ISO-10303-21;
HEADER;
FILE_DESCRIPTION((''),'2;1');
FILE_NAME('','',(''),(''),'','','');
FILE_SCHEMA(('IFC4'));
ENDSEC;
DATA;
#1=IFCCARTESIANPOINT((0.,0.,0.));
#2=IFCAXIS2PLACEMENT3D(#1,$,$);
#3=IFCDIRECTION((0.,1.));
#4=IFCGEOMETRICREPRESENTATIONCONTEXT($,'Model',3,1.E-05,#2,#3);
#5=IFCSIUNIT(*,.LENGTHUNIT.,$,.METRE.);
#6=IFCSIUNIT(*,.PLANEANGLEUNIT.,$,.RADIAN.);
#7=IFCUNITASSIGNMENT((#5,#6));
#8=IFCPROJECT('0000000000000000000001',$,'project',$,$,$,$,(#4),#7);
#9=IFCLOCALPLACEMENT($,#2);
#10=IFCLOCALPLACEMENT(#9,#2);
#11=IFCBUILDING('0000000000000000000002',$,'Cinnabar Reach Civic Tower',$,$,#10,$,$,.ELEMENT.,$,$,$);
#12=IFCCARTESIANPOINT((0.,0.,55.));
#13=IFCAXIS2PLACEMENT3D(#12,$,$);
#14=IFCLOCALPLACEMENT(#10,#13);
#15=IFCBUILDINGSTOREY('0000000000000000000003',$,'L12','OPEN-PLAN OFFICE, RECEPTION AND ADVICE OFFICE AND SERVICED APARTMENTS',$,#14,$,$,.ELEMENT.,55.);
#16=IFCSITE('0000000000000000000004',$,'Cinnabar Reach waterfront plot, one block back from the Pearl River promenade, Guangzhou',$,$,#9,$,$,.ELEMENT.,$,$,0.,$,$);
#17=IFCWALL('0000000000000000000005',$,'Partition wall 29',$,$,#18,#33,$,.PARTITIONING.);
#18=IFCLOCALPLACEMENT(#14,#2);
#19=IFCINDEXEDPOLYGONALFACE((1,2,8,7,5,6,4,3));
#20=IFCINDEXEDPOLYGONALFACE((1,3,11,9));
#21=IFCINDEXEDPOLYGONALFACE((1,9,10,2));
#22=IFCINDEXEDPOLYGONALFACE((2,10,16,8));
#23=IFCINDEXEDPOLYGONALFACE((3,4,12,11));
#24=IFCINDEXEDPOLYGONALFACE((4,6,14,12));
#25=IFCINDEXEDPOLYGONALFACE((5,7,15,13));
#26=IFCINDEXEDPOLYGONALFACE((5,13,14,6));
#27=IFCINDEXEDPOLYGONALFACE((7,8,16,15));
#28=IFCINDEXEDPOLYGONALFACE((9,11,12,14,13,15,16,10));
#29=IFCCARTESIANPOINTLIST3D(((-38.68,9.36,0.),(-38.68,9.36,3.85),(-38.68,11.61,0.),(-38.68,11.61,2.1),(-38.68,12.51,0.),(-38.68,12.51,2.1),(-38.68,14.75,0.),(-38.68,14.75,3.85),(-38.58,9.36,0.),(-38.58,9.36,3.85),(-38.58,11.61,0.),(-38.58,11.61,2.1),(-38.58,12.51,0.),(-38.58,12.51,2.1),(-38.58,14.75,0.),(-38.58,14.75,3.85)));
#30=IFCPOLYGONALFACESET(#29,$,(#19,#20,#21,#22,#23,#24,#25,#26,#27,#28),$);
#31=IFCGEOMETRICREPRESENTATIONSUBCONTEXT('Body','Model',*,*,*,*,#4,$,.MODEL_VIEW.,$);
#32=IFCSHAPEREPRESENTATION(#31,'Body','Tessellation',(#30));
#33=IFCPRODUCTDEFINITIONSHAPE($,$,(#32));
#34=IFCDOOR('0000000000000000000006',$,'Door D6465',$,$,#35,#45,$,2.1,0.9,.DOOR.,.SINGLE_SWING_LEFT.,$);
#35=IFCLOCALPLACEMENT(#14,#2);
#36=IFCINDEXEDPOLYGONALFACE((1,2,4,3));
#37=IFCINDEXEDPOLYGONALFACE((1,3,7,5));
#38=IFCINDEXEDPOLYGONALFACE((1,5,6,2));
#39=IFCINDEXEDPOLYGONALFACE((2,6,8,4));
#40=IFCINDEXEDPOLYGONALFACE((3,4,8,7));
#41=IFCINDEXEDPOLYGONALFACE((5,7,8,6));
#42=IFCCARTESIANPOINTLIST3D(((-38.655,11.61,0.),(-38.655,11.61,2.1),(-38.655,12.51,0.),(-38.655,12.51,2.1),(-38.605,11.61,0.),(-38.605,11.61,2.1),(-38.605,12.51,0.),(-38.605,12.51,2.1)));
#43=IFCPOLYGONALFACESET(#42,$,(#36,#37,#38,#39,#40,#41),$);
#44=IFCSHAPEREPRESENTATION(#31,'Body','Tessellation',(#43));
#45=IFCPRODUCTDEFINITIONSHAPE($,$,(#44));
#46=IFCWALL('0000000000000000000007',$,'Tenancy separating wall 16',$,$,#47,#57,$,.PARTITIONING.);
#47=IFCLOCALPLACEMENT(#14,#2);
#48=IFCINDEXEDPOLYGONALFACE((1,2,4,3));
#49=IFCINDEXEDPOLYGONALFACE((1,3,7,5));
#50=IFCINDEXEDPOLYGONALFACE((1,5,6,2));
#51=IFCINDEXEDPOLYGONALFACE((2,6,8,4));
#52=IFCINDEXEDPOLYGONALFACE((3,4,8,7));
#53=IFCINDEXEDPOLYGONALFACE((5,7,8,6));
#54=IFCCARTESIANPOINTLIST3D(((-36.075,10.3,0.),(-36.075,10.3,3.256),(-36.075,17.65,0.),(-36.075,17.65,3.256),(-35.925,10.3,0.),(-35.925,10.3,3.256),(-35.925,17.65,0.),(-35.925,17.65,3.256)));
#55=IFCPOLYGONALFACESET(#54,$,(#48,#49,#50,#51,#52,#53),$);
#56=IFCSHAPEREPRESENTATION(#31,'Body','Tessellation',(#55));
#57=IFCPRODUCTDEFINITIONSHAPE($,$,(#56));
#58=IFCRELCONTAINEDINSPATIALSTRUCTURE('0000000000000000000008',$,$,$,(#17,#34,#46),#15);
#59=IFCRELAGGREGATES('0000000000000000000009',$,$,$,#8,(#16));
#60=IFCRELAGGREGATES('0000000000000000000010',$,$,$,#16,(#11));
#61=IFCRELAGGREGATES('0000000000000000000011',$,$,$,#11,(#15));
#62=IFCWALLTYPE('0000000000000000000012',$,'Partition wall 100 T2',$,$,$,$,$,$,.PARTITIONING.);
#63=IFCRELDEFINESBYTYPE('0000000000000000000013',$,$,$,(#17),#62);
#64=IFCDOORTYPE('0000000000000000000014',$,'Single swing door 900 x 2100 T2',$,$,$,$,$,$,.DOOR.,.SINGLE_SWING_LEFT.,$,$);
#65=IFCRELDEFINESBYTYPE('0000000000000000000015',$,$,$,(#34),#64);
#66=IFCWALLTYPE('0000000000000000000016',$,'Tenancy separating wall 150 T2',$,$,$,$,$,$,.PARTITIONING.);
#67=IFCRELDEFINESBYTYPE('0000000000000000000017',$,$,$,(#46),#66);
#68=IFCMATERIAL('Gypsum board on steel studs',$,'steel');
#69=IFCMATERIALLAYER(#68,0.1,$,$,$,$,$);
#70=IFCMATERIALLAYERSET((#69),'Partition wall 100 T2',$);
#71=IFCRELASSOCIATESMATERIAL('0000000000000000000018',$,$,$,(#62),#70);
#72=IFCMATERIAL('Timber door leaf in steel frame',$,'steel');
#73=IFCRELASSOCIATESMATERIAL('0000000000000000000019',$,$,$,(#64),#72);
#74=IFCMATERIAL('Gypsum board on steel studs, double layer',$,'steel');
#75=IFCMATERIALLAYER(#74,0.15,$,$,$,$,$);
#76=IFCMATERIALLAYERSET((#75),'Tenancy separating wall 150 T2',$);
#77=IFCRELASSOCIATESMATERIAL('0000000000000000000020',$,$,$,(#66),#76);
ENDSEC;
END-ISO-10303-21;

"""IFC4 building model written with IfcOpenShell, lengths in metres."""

from ifc_helpers import new_model, si_unit, direction, frame, frame_2d, origin, place, context, subcontext, project, spatial, rectangle, extrude, material, layer, layer_set, type_object, element, fill, save


model = new_model("IFC4")

# Units and contexts
model_context = context("Model", 3, precision=1e-05, world=origin(), true_north=direction((0.0, 1.0)))
body_context = subcontext(model_context, "Body", "Model", "MODEL_VIEW")
ifc_project = project(units=[si_unit("LENGTHUNIT", "METRE"), si_unit("PLANEANGLEUNIT", "RADIAN")], contexts=[model_context])

# Site, building, storey
site_placement = place(None, origin())
site = spatial("IfcSite", under=ifc_project, at=site_placement, Name="Cinnabar Reach waterfront plot, one block back from the Pearl River promenade, Guangzhou", CompositionType="ELEMENT", RefElevation=0.0)
building_placement = place(site_placement, origin())
building = spatial("IfcBuilding", under=site, at=building_placement, Name="Cinnabar Reach Civic Tower", CompositionType="ELEMENT")
storey_placement = place(building_placement, frame((0.0, 0.0, 55.0)))
storey = spatial("IfcBuildingStorey", under=building, at=storey_placement, Name="L12", Description="OPEN-PLAN OFFICE, RECEPTION AND ADVICE OFFICE AND SERVICED APARTMENTS", CompositionType="ELEMENT", Elevation=55.0)

# Wall, opening, door
ifc_material_1 = material(Name="Gypsum board on steel studs", Category="steel")
ifc_layer_1 = layer(ifc_material_1, 0.1)
ifc_layer_set_1 = layer_set([ifc_layer_1], Name="Partition wall 100 T2")
wall_type_1 = type_object("IfcWallType", Name="Partition wall 100 T2", PredefinedType="PARTITIONING", material=ifc_layer_set_1)
wall_1_placement = place(storey_placement, frame((-38.63, 9.36, 0.0), z_axis=(0.0, 0.0, 1.0), x_axis=(0.0, 1.0, 0.0)))
wall_1 = element("IfcWall", 1, at=wall_1_placement, inside=storey, type_object=wall_type_1, Name="Partition wall 29", PredefinedType="PARTITIONING", context=body_context, shape_type="SweptSolid", body=[
    extrude(rectangle(XDim=5.39, YDim=0.1, at=frame_2d((2.695, 0.0))), origin(), (0.0, 0.0, 1.0), 3.85),
])
opening_placement = place(wall_1_placement, frame((2.25, 0.0, 0.0)))
opening = element("IfcOpeningElement", 2, at=opening_placement, cuts=wall_1, PredefinedType="OPENING", context=body_context, shape_type="SweptSolid", body=[
    extrude(rectangle(XDim=0.9, YDim=2.1, at=frame_2d((0.45, 1.05))), frame((0.0, 0.06, 0.0), z_axis=(0.0, -1.0, 0.0), x_axis=(1.0, 0.0, 0.0)), (0.0, 0.0, 1.0), 0.12),
])
ifc_material_2 = material(Name="Timber door leaf in steel frame", Category="steel")
door_type = type_object("IfcDoorType", Name="Single swing door 900 x 2100 T2", OperationType="SINGLE_SWING_LEFT", PredefinedType="DOOR", material=ifc_material_2)
door_placement = place(opening_placement, frame((0.9, 0.0, 0.0), z_axis=(0.0, 0.0, 1.0), x_axis=(-1.0, 0.0, 0.0)))
door = element("IfcDoor", 3, at=door_placement, inside=storey, type_object=door_type, Name="Door D6465", OperationType="SINGLE_SWING_LEFT", OverallHeight=2.1, OverallWidth=0.9, PredefinedType="DOOR", context=body_context, shape_type="SweptSolid", body=[
    extrude(rectangle(XDim=0.9, YDim=2.1, at=frame_2d((0.45, 1.05))), frame((0.0, 0.025, 0.0), z_axis=(0.0, -1.0, 0.0), x_axis=(1.0, 0.0, 0.0)), (0.0, 0.0, 1.0), 0.05),
])
fill(opening, door)

# Wall
ifc_material_3 = material(Name="Gypsum board on steel studs, double layer", Category="steel")
ifc_layer_2 = layer(ifc_material_3, 0.15)
ifc_layer_set_2 = layer_set([ifc_layer_2], Name="Tenancy separating wall 150 T2")
wall_type_2 = type_object("IfcWallType", Name="Tenancy separating wall 150 T2", PredefinedType="PARTITIONING", material=ifc_layer_set_2)
wall_2_placement = place(storey_placement, frame((-36.0, 10.3, 0.0), z_axis=(0.0, 0.0, 1.0), x_axis=(0.0, 1.0, 0.0)))
element("IfcWall", 4, at=wall_2_placement, inside=storey, type_object=wall_type_2, Name="Tenancy separating wall 16", PredefinedType="PARTITIONING", context=body_context, shape_type="SweptSolid", body=[
    extrude(rectangle(XDim=7.35, YDim=0.15, at=frame_2d((3.675, 0.0))), origin(), (0.0, 0.0, 1.0), 3.256),
])

save(model, "model.ifc")
